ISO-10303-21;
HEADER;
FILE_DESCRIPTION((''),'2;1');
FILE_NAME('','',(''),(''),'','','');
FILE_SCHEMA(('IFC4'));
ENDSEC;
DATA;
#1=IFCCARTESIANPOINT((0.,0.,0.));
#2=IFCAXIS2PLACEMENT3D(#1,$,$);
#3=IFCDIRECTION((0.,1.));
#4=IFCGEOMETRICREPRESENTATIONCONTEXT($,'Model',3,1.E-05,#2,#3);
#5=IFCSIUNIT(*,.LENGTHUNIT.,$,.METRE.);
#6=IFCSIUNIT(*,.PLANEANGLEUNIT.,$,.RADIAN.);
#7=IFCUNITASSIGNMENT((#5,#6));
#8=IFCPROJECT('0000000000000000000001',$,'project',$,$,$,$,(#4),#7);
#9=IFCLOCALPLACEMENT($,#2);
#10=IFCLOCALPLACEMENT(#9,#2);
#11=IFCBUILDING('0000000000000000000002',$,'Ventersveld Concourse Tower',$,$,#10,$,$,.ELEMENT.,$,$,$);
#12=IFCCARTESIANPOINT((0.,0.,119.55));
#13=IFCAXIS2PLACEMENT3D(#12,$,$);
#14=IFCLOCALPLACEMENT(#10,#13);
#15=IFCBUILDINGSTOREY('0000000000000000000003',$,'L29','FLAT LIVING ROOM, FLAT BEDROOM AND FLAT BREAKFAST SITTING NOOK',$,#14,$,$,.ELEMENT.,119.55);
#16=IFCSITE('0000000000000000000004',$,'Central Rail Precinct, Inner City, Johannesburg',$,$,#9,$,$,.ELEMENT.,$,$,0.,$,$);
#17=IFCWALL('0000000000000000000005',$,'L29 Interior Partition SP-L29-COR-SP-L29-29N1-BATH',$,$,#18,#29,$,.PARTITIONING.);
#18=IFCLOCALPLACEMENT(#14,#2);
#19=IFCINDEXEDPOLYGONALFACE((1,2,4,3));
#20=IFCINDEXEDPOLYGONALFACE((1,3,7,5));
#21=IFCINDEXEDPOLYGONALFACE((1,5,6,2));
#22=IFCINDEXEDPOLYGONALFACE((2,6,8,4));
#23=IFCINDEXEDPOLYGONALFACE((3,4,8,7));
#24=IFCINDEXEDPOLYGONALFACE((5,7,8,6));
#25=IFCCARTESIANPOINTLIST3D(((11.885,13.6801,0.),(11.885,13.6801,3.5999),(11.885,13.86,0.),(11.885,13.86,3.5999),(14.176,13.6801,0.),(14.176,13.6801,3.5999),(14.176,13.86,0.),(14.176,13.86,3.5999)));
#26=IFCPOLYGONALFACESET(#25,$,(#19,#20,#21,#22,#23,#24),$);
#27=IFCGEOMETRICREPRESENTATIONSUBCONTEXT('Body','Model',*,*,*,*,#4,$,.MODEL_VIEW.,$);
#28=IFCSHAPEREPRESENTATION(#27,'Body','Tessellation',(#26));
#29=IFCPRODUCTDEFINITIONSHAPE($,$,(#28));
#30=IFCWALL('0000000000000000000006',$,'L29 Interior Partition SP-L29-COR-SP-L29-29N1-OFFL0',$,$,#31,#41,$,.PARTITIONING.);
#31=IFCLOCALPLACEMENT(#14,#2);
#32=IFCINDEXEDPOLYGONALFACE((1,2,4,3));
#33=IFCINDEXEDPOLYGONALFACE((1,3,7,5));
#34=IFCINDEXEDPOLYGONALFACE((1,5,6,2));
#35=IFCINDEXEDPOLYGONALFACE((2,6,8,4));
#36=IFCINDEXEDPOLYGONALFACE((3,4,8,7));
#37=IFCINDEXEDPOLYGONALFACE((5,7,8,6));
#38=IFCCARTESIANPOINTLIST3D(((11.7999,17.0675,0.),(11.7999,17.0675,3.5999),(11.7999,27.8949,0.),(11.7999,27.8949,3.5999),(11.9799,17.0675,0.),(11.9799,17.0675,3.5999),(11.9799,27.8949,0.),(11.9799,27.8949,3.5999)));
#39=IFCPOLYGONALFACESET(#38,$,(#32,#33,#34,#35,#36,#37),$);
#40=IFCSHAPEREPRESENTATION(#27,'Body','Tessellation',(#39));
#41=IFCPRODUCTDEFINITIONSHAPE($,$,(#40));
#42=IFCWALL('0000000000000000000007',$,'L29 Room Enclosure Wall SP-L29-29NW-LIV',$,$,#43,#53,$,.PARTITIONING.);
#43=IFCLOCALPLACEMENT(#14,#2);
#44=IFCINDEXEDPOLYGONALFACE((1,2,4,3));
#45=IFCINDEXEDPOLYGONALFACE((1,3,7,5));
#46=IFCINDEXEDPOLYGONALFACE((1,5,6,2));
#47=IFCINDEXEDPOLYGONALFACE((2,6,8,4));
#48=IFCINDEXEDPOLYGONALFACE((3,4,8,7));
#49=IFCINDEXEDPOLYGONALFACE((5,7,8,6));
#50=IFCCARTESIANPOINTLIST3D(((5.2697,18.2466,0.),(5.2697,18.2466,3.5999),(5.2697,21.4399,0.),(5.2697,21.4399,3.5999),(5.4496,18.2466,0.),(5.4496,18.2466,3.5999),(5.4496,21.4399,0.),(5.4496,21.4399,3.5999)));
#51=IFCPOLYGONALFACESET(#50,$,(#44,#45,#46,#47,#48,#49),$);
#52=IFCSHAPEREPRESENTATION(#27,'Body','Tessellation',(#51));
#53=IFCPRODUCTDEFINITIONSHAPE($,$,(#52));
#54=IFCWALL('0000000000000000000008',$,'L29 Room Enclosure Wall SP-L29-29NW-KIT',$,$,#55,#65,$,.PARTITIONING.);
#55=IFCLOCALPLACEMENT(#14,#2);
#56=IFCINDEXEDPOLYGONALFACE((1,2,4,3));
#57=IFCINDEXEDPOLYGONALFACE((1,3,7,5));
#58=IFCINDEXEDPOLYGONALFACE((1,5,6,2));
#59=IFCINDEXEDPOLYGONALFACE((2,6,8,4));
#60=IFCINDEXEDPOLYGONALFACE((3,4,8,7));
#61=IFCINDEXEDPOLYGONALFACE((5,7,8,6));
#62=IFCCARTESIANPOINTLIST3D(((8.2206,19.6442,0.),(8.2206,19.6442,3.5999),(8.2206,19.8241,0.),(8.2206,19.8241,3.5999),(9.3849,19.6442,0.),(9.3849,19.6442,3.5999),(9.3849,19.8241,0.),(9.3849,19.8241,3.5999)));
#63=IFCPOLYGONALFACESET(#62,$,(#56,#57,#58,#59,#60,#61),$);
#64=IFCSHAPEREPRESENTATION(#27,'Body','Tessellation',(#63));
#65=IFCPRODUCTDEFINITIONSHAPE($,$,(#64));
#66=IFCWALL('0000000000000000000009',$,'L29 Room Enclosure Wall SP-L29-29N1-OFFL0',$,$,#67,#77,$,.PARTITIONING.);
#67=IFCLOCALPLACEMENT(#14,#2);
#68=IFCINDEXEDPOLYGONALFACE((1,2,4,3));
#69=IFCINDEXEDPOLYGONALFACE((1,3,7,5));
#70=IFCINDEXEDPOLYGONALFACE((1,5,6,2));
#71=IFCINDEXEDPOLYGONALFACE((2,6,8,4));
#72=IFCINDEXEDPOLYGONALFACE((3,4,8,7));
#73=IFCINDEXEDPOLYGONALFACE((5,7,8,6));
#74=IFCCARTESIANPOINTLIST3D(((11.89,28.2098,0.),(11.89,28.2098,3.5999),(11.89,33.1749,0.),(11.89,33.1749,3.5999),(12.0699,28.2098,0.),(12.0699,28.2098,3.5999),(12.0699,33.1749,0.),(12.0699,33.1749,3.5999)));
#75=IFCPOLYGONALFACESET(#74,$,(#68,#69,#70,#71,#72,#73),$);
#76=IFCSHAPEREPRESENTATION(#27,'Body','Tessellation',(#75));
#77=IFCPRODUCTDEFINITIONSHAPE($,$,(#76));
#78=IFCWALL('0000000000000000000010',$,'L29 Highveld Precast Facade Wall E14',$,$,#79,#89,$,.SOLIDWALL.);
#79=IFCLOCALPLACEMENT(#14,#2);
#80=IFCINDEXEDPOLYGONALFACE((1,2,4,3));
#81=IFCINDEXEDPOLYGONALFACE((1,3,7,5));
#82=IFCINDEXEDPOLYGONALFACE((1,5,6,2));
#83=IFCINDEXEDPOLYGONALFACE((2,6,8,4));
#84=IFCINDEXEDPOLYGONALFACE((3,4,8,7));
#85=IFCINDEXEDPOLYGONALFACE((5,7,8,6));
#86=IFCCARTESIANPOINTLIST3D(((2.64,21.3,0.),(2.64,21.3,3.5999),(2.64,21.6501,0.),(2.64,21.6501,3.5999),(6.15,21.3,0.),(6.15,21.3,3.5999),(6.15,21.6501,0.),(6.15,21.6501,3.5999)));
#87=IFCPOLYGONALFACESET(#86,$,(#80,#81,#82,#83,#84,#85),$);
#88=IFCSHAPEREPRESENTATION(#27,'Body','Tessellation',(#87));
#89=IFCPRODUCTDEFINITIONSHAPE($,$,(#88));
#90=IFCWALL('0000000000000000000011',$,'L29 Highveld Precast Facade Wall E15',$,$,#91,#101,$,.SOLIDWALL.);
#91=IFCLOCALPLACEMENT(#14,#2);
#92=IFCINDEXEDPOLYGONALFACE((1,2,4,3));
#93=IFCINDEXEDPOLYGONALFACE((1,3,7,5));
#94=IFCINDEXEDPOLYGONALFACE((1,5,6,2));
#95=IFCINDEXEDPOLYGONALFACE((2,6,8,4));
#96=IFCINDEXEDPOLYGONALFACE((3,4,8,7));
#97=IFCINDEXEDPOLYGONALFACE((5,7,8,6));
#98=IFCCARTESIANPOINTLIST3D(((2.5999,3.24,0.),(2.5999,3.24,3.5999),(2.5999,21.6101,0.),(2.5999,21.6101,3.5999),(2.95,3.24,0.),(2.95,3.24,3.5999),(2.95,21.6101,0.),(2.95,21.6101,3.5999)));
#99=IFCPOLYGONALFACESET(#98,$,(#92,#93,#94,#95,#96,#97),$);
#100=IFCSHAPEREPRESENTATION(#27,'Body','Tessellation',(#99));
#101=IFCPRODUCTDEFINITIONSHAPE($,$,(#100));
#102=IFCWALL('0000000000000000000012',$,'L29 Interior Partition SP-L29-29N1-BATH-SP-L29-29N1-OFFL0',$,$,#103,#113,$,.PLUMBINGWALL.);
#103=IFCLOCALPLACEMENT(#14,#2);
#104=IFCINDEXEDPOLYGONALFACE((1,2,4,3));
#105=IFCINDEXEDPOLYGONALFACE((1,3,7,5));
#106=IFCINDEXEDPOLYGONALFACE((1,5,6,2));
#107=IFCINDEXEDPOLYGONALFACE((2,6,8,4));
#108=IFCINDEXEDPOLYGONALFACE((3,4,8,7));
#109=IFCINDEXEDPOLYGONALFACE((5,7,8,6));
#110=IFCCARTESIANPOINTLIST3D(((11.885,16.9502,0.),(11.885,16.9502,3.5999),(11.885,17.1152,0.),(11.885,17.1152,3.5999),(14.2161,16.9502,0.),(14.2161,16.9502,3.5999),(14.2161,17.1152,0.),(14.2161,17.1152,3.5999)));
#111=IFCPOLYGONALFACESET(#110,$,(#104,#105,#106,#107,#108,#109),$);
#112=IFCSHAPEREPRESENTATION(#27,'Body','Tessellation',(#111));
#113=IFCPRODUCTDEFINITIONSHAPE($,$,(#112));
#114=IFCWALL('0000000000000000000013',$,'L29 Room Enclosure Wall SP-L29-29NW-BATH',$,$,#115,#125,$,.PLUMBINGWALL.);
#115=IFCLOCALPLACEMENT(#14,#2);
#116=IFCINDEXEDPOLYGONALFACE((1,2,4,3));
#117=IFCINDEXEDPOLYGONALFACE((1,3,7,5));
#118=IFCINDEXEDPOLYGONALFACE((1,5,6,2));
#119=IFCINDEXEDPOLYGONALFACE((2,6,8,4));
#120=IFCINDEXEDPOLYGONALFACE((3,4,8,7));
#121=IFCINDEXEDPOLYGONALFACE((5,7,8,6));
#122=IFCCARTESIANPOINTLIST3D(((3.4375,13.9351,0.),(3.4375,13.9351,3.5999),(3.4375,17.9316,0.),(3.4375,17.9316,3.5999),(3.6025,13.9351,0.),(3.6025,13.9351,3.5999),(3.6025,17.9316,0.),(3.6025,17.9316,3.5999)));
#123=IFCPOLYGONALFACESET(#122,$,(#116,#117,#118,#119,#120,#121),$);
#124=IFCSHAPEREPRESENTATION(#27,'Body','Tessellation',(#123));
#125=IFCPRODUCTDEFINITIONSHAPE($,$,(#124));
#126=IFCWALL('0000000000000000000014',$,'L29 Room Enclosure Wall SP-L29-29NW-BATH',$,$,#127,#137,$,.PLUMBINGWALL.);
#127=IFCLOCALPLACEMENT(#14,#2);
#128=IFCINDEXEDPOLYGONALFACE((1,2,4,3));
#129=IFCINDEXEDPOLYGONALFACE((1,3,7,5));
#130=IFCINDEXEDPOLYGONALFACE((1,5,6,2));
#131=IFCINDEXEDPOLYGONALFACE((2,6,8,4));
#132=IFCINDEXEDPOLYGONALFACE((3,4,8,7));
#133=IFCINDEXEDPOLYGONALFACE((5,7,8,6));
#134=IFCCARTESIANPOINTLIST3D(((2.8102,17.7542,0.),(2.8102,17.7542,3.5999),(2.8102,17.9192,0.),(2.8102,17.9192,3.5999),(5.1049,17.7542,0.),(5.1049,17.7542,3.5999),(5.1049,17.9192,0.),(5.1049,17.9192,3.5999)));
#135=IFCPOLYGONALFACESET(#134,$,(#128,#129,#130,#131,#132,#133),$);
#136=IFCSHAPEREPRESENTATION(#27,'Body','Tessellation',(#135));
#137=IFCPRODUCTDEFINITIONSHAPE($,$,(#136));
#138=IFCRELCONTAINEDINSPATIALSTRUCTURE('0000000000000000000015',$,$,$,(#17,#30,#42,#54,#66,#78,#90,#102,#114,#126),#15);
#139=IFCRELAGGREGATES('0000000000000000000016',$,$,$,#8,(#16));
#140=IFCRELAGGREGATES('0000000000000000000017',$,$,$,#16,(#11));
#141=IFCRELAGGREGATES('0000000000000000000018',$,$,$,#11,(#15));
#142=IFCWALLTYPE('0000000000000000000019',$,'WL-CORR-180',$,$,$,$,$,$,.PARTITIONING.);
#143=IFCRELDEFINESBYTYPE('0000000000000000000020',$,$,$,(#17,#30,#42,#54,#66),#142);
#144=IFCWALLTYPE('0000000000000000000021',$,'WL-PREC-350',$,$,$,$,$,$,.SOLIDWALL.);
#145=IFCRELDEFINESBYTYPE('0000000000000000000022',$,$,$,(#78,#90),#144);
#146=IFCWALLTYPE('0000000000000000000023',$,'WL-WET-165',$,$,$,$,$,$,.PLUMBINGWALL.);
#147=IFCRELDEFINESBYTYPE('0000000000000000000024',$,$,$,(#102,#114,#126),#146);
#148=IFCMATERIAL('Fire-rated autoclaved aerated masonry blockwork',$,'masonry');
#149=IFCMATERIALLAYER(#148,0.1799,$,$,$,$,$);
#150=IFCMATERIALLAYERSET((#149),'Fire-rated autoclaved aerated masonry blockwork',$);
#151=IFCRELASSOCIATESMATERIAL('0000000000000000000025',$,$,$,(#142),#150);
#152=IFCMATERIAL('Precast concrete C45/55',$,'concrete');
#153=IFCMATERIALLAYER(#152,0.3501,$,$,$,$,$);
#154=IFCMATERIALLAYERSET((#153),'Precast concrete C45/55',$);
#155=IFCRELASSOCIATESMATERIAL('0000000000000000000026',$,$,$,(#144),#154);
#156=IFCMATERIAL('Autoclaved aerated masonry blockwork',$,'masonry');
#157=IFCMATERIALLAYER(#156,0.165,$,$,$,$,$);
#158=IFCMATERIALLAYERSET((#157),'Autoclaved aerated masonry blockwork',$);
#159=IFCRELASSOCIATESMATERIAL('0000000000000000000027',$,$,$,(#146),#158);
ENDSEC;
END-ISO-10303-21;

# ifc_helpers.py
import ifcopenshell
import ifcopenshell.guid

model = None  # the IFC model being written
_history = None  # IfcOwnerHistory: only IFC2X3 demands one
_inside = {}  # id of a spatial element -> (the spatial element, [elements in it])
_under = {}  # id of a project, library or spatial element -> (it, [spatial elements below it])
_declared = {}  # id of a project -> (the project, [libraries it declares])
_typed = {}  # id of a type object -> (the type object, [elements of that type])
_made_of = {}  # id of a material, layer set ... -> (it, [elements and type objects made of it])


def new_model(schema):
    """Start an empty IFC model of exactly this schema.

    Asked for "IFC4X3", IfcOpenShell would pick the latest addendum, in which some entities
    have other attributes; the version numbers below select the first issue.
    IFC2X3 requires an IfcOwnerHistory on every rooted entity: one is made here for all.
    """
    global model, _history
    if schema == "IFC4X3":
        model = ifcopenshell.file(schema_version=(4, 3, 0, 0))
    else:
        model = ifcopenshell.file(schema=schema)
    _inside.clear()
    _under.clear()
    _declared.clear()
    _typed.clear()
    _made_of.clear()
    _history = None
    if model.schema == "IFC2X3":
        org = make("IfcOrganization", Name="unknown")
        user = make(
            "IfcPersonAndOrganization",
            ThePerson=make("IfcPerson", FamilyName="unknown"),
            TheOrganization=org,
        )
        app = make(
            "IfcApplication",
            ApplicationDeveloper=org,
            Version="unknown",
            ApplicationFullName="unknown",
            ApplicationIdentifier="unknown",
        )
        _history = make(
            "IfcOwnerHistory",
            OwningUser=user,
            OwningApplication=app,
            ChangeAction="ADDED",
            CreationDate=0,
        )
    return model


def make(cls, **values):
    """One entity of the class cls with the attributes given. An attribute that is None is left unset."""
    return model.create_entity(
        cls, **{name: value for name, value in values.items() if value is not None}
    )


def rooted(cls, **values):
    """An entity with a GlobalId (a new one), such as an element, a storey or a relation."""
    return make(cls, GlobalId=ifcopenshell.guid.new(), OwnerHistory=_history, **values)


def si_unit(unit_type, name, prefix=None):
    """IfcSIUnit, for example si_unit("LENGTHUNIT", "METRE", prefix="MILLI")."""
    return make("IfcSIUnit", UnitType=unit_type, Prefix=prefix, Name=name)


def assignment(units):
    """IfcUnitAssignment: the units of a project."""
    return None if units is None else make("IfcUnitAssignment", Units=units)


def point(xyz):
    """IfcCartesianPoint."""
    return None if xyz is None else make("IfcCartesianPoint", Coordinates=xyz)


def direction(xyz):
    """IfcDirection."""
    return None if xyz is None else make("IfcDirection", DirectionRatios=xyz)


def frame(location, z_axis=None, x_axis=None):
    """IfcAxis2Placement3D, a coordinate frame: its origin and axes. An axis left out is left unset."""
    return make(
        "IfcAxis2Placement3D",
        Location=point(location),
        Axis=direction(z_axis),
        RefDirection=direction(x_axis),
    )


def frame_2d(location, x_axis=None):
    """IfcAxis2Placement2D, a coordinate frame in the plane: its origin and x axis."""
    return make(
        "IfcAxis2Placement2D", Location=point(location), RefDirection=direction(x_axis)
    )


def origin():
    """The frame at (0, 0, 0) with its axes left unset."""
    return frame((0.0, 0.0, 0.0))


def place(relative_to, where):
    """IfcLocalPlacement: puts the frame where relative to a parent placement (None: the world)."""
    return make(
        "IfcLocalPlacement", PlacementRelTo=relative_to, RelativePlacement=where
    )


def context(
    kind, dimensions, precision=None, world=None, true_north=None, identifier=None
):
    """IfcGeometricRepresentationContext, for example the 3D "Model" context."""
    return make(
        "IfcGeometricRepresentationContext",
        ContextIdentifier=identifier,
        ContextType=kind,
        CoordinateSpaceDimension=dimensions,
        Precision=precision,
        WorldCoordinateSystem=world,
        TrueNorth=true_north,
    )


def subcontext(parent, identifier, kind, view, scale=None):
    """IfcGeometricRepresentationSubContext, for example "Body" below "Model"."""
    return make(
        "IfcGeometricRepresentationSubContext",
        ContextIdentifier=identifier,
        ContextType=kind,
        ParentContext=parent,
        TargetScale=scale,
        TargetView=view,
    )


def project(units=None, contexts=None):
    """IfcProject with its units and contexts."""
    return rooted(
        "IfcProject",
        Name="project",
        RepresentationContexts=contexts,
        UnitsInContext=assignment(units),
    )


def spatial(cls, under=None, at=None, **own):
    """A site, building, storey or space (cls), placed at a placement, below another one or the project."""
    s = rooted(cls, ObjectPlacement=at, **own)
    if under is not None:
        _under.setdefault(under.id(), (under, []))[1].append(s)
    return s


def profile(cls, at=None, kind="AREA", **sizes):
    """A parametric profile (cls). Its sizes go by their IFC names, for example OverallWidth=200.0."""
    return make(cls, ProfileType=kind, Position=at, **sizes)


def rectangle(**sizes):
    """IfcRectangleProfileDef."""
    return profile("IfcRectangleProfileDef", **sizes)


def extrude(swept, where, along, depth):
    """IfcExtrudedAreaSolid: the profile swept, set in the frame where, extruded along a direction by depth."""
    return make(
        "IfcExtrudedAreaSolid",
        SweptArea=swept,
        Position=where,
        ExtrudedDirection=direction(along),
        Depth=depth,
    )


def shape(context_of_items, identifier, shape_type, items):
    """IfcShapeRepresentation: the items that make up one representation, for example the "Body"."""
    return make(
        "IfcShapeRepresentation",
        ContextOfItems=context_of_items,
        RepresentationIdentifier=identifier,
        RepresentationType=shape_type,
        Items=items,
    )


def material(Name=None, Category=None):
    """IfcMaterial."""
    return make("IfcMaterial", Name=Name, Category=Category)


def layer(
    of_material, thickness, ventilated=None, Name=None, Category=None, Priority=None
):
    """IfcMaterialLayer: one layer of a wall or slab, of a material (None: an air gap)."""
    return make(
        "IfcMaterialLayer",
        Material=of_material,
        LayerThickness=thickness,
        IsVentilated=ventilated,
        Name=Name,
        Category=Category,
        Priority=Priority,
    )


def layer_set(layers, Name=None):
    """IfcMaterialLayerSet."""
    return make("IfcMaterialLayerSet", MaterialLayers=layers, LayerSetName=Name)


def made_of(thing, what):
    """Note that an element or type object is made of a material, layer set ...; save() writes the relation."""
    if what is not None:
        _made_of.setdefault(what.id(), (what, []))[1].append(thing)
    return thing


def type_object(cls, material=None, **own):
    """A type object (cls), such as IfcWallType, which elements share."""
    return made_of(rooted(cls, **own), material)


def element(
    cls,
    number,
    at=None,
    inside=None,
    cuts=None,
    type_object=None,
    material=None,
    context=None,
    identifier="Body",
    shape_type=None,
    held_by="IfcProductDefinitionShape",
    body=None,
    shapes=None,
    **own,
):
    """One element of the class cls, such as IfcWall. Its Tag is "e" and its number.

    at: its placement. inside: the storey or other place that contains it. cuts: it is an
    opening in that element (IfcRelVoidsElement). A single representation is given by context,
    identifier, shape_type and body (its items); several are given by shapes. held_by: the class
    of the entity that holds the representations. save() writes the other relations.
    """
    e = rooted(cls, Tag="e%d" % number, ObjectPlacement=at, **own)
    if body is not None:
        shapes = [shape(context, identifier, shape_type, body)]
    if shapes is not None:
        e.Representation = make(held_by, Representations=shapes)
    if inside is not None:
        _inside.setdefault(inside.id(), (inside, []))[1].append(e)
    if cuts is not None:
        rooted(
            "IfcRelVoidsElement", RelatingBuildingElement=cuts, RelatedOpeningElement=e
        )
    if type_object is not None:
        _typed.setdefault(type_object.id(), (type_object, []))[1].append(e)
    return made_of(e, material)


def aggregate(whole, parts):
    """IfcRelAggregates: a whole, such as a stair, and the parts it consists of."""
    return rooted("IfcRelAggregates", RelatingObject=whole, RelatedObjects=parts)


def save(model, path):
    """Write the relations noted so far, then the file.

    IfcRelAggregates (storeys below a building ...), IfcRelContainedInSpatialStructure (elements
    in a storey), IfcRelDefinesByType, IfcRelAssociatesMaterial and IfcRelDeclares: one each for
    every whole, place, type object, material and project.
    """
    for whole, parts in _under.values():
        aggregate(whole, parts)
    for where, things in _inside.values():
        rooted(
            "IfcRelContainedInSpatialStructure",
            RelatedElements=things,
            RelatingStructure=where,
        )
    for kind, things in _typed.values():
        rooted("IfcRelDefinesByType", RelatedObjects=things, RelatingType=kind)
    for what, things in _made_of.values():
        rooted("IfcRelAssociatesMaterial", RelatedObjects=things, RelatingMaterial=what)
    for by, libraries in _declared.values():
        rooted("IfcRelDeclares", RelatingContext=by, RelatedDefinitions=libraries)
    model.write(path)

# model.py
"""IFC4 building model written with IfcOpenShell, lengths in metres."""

from ifc_helpers import new_model, si_unit, direction, frame, frame_2d, origin, place, context, subcontext, project, spatial, rectangle, extrude, material, layer, layer_set, type_object, element, save


model = new_model("IFC4")

# Units and contexts
model_context = context("Model", 3, precision=1e-05, world=origin(), true_north=direction((0.0, 1.0)))
body_context = subcontext(model_context, "Body", "Model", "MODEL_VIEW")
ifc_project = project(units=[si_unit("LENGTHUNIT", "METRE"), si_unit("PLANEANGLEUNIT", "RADIAN")], contexts=[model_context])

# Site, building, storey
site_placement = place(None, origin())
site = spatial("IfcSite", under=ifc_project, at=site_placement, Name="Central Rail Precinct, Inner City, Johannesburg", CompositionType="ELEMENT", RefElevation=0.0)
building_placement = place(site_placement, origin())
building = spatial("IfcBuilding", under=site, at=building_placement, Name="Ventersveld Concourse Tower", CompositionType="ELEMENT")
storey_placement = place(building_placement, frame((0.0, 0.0, 119.55)))
storey = spatial("IfcBuildingStorey", under=building, at=storey_placement, Name="L29", Description="FLAT LIVING ROOM, FLAT BEDROOM AND FLAT BREAKFAST SITTING NOOK", CompositionType="ELEMENT", Elevation=119.55)

# Walls
ifc_material_1 = material(Name="Fire-rated autoclaved aerated masonry blockwork", Category="masonry")
ifc_layer_1 = layer(ifc_material_1, 0.1799)
ifc_layer_set_1 = layer_set([ifc_layer_1], Name="Fire-rated autoclaved aerated masonry blockwork")
wall_type_1 = type_object("IfcWallType", Name="WL-CORR-180", PredefinedType="PARTITIONING", material=ifc_layer_set_1)
wall_1_placement = place(storey_placement, frame((11.885, 13.77, 0.0), z_axis=(0.0, 0.0, 1.0), x_axis=(1.0, 0.0, 0.0)))
element("IfcWall", 1, at=wall_1_placement, inside=storey, type_object=wall_type_1, Name="L29 Interior Partition SP-L29-COR-SP-L29-29N1-BATH", PredefinedType="PARTITIONING", context=body_context, shape_type="SweptSolid", body=[
    extrude(rectangle(XDim=2.291, YDim=0.1799, at=frame_2d((1.1455, 0.0))), origin(), (0.0, 0.0, 1.0), 3.5999),
])
wall_2_placement = place(storey_placement, frame((11.8899, 17.0676, 0.0), z_axis=(0.0, 0.0, 1.0), x_axis=(0.0, 1.0, 0.0)))
element("IfcWall", 2, at=wall_2_placement, inside=storey, type_object=wall_type_1, Name="L29 Interior Partition SP-L29-COR-SP-L29-29N1-OFFL0", PredefinedType="PARTITIONING", context=body_context, shape_type="SweptSolid", body=[
    extrude(rectangle(XDim=10.8274, YDim=0.1799, at=frame_2d((5.4136, 0.0))), origin(), (0.0, 0.0, 1.0), 3.5999),
])
wall_3_placement = place(storey_placement, frame((5.3596, 18.2466, 0.0), z_axis=(0.0, 0.0, 1.0), x_axis=(0.0, 1.0, 0.0)))
element("IfcWall", 3, at=wall_3_placement, inside=storey, type_object=wall_type_1, Name="L29 Room Enclosure Wall SP-L29-29NW-LIV", PredefinedType="PARTITIONING", context=body_context, shape_type="SweptSolid", body=[
    extrude(rectangle(XDim=3.1934, YDim=0.1799, at=frame_2d((1.5967, 0.0))), origin(), (0.0, 0.0, 1.0), 3.5999),
])
wall_4_placement = place(storey_placement, frame((8.2207, 19.7341, 0.0), z_axis=(0.0, 0.0, 1.0), x_axis=(1.0, 0.0, 0.0)))
element("IfcWall", 4, at=wall_4_placement, inside=storey, type_object=wall_type_1, Name="L29 Room Enclosure Wall SP-L29-29NW-KIT", PredefinedType="PARTITIONING", context=body_context, shape_type="SweptSolid", body=[
    extrude(rectangle(XDim=1.1643, YDim=0.1799, at=frame_2d((0.582, 0.0))), origin(), (0.0, 0.0, 1.0), 3.5999),
])
wall_5_placement = place(storey_placement, frame((11.98, 28.21, 0.0), z_axis=(0.0, 0.0, 1.0), x_axis=(0.0, 1.0, 0.0)))
element("IfcWall", 5, at=wall_5_placement, inside=storey, type_object=wall_type_1, Name="L29 Room Enclosure Wall SP-L29-29N1-OFFL0", PredefinedType="PARTITIONING", context=body_context, shape_type="SweptSolid", body=[
    extrude(rectangle(XDim=4.9651, YDim=0.1799, at=frame_2d((2.4824, 0.0))), origin(), (0.0, 0.0, 1.0), 3.5999),
])
ifc_material_2 = material(Name="Precast concrete C45/55", Category="concrete")
ifc_layer_2 = layer(ifc_material_2, 0.3501)
ifc_layer_set_2 = layer_set([ifc_layer_2], Name="Precast concrete C45/55")
wall_type_2 = type_object("IfcWallType", Name="WL-PREC-350", PredefinedType="SOLIDWALL", material=ifc_layer_set_2)
wall_6_placement = place(storey_placement, frame((6.1499, 21.4751, 0.0), z_axis=(0.0, 0.0, 1.0), x_axis=(-1.0, 0.0, 0.0)))
element("IfcWall", 6, at=wall_6_placement, inside=storey, type_object=wall_type_2, Name="L29 Highveld Precast Facade Wall E14", PredefinedType="SOLIDWALL", context=body_context, shape_type="SweptSolid", body=[
    extrude(rectangle(XDim=3.51, YDim=0.3501, at=frame_2d((1.7549, 0.0))), origin(), (0.0, 0.0, 1.0), 3.5999),
])
wall_7_placement = place(storey_placement, frame((2.7749, 21.6101, 0.0), z_axis=(0.0, 0.0, 1.0), x_axis=(0.0, -1.0, 0.0)))
element("IfcWall", 7, at=wall_7_placement, inside=storey, type_object=wall_type_2, Name="L29 Highveld Precast Facade Wall E15", PredefinedType="SOLIDWALL", context=body_context, shape_type="SweptSolid", body=[
    extrude(rectangle(XDim=18.3701, YDim=0.3501, at=frame_2d((9.1851, 0.0))), origin(), (0.0, 0.0, 1.0), 3.5999),
])
ifc_material_3 = material(Name="Autoclaved aerated masonry blockwork", Category="masonry")
ifc_layer_3 = layer(ifc_material_3, 0.165)
ifc_layer_set_3 = layer_set([ifc_layer_3], Name="Autoclaved aerated masonry blockwork")
wall_type_3 = type_object("IfcWallType", Name="WL-WET-165", PredefinedType="PLUMBINGWALL", material=ifc_layer_set_3)
wall_8_placement = place(storey_placement, frame((11.885, 17.0327, 0.0), z_axis=(0.0, 0.0, 1.0), x_axis=(1.0, 0.0, 0.0)))
element("IfcWall", 8, at=wall_8_placement, inside=storey, type_object=wall_type_3, Name="L29 Interior Partition SP-L29-29N1-BATH-SP-L29-29N1-OFFL0", PredefinedType="PLUMBINGWALL", context=body_context, shape_type="SweptSolid", body=[
    extrude(rectangle(XDim=2.3311, YDim=0.165, at=frame_2d((1.1655, 0.0))), origin(), (0.0, 0.0, 1.0), 3.5999),
])
wall_9_placement = place(storey_placement, frame((3.52, 13.9351, 0.0), z_axis=(0.0, 0.0, 1.0), x_axis=(0.0, 1.0, 0.0)))
element("IfcWall", 9, at=wall_9_placement, inside=storey, type_object=wall_type_3, Name="L29 Room Enclosure Wall SP-L29-29NW-BATH", PredefinedType="PLUMBINGWALL", context=body_context, shape_type="SweptSolid", body=[
    extrude(rectangle(XDim=3.9966, YDim=0.165, at=frame_2d((1.9983, 0.0))), origin(), (0.0, 0.0, 1.0), 3.5999),
])
wall_10_placement = place(storey_placement, frame((2.8101, 17.8367, 0.0), z_axis=(0.0, 0.0, 1.0), x_axis=(1.0, 0.0, 0.0)))
element("IfcWall", 10, at=wall_10_placement, inside=storey, type_object=wall_type_3, Name="L29 Room Enclosure Wall SP-L29-29NW-BATH", PredefinedType="PLUMBINGWALL", context=body_context, shape_type="SweptSolid", body=[
    extrude(rectangle(XDim=2.2947, YDim=0.165, at=frame_2d((1.1475, 0.0))), origin(), (0.0, 0.0, 1.0), 3.5999),
])

save(model, "model.ifc")
